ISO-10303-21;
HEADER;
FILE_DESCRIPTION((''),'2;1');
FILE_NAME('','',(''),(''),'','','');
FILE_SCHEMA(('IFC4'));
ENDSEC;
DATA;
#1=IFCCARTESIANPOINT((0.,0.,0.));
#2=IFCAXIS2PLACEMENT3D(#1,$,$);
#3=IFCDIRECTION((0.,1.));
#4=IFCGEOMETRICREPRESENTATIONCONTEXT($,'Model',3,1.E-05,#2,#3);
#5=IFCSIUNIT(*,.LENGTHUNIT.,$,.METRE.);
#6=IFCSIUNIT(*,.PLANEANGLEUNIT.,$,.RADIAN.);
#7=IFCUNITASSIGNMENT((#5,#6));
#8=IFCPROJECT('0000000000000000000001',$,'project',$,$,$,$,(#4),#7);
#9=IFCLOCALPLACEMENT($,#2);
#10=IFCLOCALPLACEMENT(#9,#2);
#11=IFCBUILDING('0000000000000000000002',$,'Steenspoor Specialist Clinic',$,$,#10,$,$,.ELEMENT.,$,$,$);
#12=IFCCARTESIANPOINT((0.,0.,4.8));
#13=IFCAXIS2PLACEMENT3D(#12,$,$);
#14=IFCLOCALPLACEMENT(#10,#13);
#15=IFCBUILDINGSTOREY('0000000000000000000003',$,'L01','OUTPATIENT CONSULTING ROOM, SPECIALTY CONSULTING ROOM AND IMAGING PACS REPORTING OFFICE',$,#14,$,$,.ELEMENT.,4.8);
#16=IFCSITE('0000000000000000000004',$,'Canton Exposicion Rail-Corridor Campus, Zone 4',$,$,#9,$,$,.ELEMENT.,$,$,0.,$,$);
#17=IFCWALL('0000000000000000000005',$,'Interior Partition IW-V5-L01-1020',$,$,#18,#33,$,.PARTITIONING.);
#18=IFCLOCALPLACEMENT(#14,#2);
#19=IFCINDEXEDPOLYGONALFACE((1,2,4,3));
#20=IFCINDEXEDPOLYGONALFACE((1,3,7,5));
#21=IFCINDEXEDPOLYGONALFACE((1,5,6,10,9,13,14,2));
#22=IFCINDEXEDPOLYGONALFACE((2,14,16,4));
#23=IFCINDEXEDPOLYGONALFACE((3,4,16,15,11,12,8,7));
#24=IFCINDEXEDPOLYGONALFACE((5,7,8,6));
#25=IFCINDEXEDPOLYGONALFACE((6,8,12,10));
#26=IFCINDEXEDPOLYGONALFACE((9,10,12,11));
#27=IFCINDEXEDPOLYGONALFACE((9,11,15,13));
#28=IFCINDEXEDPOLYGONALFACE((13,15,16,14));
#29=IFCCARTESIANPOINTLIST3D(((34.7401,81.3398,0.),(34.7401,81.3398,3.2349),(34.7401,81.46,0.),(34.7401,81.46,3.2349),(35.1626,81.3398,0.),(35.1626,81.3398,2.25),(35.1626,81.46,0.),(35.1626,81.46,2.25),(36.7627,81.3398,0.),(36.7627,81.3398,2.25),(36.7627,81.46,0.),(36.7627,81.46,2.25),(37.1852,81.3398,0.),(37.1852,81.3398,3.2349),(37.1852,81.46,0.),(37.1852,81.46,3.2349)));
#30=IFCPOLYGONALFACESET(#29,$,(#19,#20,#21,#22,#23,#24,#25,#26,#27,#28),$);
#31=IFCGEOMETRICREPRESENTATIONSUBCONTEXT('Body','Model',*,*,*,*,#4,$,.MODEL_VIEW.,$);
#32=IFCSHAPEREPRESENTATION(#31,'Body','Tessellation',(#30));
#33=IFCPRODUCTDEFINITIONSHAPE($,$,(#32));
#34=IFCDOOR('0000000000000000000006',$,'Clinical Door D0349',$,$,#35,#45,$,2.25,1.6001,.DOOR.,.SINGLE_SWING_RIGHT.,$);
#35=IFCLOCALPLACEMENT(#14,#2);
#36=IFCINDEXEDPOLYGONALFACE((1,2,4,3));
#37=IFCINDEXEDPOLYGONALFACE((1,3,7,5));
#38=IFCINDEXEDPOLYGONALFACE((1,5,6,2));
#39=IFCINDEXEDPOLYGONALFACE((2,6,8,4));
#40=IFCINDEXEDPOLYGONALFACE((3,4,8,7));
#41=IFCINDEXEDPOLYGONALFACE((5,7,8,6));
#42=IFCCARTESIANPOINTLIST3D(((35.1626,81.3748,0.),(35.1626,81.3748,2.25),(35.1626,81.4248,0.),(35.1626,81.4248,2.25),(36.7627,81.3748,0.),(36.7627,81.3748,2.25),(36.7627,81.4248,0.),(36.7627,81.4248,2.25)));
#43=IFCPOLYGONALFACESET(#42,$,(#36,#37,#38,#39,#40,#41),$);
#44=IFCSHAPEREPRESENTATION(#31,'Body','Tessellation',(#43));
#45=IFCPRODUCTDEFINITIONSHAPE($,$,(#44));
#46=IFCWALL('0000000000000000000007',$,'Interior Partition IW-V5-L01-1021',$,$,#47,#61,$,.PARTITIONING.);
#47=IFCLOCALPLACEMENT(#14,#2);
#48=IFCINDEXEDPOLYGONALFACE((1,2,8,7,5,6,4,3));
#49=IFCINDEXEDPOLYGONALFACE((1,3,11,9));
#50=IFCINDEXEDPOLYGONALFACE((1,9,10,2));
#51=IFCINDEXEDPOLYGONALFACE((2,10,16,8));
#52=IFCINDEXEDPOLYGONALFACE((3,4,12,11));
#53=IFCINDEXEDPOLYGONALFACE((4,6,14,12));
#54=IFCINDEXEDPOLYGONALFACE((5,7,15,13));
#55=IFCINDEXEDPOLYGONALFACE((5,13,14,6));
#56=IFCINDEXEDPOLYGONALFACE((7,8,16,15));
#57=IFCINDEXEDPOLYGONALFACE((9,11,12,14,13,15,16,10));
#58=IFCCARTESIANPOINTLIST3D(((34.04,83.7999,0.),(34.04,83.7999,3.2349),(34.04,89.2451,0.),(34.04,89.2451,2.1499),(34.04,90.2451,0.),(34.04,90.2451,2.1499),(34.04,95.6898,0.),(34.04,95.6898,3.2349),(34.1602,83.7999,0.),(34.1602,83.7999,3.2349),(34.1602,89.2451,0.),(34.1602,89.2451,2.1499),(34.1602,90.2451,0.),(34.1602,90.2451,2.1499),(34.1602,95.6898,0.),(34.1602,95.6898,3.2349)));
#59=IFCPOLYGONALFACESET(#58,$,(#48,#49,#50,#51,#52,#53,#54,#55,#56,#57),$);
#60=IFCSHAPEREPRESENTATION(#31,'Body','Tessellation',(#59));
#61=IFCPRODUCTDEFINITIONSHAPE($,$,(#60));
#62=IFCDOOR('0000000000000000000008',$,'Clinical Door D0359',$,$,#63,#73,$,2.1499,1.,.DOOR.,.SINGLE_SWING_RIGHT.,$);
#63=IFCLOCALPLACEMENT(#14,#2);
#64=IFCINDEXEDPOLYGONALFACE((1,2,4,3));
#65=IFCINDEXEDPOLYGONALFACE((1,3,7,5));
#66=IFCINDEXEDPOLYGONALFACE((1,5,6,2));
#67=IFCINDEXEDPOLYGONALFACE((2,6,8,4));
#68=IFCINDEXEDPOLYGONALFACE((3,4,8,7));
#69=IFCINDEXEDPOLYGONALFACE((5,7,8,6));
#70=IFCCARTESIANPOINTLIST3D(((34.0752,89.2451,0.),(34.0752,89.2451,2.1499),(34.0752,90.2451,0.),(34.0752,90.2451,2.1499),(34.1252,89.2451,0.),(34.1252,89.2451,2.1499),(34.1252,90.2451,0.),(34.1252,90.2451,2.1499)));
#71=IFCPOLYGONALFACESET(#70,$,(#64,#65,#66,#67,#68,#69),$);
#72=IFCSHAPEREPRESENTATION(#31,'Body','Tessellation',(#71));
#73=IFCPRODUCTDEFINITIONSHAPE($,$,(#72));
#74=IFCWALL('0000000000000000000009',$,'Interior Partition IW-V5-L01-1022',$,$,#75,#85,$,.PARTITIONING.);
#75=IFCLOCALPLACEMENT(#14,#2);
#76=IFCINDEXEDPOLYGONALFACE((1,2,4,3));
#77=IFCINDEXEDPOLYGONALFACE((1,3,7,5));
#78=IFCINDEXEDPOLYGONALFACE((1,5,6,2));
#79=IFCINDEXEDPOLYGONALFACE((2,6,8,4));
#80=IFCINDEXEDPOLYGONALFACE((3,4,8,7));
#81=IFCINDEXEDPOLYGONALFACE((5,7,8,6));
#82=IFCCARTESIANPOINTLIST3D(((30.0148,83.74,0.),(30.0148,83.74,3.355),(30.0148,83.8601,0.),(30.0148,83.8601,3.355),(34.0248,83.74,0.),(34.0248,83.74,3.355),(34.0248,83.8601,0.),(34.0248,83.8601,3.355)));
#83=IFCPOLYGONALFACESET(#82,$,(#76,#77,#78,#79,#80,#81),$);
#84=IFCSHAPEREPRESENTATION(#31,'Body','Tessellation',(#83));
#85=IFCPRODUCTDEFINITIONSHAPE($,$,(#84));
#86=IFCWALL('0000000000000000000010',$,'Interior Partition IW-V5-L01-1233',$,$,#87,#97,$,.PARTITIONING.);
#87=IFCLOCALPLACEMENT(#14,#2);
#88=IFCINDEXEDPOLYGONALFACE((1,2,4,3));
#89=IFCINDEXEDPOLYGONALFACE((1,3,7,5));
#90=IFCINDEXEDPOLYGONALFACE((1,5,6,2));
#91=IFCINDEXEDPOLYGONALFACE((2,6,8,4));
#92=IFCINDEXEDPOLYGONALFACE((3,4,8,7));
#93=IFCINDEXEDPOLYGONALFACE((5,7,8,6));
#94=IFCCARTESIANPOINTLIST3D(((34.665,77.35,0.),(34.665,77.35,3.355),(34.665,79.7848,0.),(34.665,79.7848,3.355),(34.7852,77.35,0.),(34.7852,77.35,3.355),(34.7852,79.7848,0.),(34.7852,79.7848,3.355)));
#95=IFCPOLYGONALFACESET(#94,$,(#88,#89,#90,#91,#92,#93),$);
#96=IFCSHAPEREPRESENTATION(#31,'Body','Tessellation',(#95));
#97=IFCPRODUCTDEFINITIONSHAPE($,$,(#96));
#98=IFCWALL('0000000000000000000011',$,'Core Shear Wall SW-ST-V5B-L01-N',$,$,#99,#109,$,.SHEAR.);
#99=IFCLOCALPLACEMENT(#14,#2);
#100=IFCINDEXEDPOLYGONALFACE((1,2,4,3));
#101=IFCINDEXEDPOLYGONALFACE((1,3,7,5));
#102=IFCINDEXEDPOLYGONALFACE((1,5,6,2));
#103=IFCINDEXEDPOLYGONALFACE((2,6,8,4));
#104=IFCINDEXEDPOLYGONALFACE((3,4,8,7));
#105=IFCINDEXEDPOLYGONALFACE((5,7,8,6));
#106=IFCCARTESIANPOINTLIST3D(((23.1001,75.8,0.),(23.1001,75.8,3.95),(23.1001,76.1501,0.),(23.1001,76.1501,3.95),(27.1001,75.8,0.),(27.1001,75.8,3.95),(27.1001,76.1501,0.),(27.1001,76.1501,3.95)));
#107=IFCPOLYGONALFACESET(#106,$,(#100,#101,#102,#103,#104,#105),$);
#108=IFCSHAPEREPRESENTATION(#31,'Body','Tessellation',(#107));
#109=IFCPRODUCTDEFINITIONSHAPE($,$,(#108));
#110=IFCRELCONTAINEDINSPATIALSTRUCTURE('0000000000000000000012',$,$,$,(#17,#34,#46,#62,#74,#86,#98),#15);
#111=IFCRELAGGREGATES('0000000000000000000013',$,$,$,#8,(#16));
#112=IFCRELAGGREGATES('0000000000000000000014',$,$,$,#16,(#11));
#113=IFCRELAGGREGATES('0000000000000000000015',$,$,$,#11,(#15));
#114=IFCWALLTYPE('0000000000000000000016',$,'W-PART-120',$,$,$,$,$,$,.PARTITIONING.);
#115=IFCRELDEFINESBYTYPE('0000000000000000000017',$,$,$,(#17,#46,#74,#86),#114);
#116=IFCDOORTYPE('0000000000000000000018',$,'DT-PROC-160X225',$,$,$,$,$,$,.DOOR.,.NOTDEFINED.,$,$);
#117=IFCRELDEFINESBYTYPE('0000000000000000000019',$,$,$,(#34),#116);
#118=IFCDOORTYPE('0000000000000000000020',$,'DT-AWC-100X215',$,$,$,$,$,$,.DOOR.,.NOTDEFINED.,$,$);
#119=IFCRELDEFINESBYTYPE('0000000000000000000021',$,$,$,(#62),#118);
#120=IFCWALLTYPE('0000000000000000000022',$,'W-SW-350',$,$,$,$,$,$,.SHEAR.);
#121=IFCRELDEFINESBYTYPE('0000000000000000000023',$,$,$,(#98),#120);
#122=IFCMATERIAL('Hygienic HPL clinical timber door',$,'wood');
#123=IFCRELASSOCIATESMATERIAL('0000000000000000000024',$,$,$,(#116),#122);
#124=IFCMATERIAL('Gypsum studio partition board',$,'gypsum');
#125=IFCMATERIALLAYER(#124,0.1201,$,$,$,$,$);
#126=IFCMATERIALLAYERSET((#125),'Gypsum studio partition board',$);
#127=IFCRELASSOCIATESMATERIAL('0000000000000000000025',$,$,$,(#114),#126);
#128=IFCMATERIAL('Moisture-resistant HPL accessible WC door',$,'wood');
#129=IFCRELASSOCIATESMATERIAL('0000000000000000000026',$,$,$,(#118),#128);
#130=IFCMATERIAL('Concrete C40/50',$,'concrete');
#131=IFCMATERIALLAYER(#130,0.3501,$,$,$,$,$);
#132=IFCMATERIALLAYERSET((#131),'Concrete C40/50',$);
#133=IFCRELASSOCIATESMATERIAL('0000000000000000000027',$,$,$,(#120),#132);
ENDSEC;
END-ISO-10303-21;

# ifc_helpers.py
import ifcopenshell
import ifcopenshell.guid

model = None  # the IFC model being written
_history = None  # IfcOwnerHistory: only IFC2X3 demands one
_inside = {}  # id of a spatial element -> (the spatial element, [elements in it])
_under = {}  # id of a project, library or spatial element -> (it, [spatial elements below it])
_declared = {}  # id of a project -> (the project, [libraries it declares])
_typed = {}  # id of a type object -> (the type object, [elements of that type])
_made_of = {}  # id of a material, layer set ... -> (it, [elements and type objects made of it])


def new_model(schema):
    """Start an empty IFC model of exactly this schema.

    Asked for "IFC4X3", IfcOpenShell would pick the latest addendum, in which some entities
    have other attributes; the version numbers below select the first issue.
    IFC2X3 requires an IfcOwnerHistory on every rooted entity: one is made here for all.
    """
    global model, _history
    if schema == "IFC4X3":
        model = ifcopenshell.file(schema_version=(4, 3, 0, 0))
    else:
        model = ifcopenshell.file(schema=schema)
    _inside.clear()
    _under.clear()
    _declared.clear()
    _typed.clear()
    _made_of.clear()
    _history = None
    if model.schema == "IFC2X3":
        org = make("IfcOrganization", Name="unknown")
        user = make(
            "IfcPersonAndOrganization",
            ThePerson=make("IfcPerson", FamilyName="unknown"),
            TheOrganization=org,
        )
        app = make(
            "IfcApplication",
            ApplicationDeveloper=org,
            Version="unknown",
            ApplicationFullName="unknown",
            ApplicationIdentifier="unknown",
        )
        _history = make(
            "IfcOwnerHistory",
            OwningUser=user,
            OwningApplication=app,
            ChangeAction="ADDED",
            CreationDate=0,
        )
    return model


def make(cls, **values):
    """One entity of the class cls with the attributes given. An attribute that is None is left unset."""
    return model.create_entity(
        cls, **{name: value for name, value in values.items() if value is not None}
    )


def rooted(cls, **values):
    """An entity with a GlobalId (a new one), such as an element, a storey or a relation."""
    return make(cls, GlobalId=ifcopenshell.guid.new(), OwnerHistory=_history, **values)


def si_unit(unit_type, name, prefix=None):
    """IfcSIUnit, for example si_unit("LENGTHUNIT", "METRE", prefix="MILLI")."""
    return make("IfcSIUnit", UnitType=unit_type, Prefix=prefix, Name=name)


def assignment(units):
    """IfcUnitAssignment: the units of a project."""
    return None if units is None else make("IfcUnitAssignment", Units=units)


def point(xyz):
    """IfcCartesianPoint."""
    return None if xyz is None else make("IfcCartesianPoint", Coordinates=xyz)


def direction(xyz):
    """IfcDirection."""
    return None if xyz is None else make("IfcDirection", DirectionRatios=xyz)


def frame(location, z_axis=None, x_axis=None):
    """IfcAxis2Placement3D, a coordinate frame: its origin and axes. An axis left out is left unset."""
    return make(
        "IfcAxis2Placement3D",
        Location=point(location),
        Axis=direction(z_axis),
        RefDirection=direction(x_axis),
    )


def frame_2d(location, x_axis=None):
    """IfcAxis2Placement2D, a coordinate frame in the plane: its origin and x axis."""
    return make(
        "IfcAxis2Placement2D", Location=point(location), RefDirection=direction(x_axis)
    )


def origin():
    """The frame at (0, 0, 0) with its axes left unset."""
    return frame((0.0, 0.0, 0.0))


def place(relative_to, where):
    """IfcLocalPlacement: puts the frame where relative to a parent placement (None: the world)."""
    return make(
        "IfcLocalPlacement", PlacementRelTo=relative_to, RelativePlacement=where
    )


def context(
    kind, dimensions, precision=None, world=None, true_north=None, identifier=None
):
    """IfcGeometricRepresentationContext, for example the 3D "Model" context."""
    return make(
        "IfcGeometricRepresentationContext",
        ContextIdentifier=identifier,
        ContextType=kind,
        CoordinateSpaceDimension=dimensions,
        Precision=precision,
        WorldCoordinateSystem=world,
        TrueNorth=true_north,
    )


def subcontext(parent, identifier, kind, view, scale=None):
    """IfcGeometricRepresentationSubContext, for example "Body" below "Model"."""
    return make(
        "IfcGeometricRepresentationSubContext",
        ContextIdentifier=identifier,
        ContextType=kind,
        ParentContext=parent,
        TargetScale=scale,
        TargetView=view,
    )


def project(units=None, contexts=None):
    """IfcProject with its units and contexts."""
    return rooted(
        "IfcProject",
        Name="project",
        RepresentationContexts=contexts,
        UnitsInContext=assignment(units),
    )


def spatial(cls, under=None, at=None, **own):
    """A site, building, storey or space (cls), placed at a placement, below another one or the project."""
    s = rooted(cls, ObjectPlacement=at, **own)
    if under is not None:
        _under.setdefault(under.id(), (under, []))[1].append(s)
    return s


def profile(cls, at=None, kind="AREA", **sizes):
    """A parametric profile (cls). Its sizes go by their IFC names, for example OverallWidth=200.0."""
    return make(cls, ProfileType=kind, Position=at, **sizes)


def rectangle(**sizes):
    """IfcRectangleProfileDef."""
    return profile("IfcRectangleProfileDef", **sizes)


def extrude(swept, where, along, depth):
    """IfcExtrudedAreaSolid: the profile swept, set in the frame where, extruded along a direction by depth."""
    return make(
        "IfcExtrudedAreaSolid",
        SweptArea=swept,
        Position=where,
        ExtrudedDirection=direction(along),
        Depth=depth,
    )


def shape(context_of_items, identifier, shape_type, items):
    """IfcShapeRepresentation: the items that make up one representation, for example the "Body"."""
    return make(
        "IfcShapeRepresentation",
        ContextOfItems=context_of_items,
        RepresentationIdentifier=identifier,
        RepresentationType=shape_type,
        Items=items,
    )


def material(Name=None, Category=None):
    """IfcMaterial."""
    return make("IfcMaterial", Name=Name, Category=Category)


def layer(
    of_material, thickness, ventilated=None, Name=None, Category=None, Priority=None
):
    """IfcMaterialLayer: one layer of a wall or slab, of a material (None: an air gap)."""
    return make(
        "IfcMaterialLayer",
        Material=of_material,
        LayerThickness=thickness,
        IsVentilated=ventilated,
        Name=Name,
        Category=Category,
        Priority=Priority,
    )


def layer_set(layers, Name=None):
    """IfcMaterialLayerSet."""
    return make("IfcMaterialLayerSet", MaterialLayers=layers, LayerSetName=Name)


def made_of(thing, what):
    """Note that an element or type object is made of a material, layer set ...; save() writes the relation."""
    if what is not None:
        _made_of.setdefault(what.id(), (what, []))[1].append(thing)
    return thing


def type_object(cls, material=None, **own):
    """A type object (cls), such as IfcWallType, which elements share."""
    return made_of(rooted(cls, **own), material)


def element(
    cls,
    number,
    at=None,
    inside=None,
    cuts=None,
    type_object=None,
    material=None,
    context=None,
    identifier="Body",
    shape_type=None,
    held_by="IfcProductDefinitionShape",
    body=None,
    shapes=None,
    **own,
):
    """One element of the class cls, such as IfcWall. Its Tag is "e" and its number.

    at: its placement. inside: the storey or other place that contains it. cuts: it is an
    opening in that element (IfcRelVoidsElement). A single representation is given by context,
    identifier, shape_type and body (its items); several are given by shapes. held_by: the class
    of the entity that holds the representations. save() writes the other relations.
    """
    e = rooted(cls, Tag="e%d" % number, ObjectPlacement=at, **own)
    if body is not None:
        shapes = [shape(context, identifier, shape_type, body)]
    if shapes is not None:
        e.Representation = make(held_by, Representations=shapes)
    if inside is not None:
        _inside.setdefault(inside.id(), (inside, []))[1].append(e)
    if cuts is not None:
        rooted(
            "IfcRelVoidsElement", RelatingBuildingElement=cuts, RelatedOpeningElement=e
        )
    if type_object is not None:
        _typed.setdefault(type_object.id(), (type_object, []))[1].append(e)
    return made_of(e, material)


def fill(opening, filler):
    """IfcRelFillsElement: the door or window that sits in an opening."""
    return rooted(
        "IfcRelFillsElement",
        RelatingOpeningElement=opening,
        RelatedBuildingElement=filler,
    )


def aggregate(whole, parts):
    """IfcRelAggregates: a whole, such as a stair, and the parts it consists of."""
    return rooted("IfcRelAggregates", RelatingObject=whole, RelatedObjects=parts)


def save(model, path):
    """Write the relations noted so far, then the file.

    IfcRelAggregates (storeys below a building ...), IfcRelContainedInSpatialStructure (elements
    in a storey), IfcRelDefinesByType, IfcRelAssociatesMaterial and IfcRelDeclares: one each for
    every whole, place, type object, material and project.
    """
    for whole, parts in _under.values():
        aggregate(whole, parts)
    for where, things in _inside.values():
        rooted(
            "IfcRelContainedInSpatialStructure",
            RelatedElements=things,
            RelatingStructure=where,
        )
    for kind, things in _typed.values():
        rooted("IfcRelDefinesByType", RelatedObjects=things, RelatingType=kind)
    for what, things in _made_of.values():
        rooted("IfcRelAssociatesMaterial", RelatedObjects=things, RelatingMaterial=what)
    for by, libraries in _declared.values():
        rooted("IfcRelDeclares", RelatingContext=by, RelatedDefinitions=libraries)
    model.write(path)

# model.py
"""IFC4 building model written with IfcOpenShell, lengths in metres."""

from ifc_helpers import new_model, si_unit, direction, frame, frame_2d, origin, place, context, subcontext, project, spatial, rectangle, extrude, material, layer, layer_set, type_object, element, fill, save


model = new_model("IFC4")

# Units and contexts
model_context = context("Model", 3, precision=1e-05, world=origin(), true_north=direction((0.0, 1.0)))
body_context = subcontext(model_context, "Body", "Model", "MODEL_VIEW")
ifc_project = project(units=[si_unit("LENGTHUNIT", "METRE"), si_unit("PLANEANGLEUNIT", "RADIAN")], contexts=[model_context])

# Site, building, storey
site_placement = place(None, origin())
site = spatial("IfcSite", under=ifc_project, at=site_placement, Name="Canton Exposicion Rail-Corridor Campus, Zone 4", CompositionType="ELEMENT", RefElevation=0.0)
building_placement = place(site_placement, origin())
building = spatial("IfcBuilding", under=site, at=building_placement, Name="Steenspoor Specialist Clinic", CompositionType="ELEMENT")
storey_placement = place(building_placement, frame((0.0, 0.0, 4.8)))
storey = spatial("IfcBuildingStorey", under=building, at=storey_placement, Name="L01", Description="OUTPATIENT CONSULTING ROOM, SPECIALTY CONSULTING ROOM AND IMAGING PACS REPORTING OFFICE", CompositionType="ELEMENT", Elevation=4.8)

# Shared definitions
ifc_material_1 = material(Name="Concrete C40/50", Category="concrete")

# Shared definitions
ifc_material_2 = material(Name="Hygienic HPL clinical timber door", Category="wood")
door_type_1 = type_object("IfcDoorType", Name="DT-PROC-160X225", OperationType="NOTDEFINED", PredefinedType="DOOR", material=ifc_material_2)

# Walls, openings, doors
ifc_material_3 = material(Name="Gypsum studio partition board", Category="gypsum")
ifc_layer_1 = layer(ifc_material_3, 0.1201)
ifc_layer_set_1 = layer_set([ifc_layer_1], Name="Gypsum studio partition board")
wall_type_1 = type_object("IfcWallType", Name="W-PART-120", PredefinedType="PARTITIONING", material=ifc_layer_set_1)
wall_1_placement = place(storey_placement, frame((34.74, 81.3999, 0.0), z_axis=(0.0, 0.0, 1.0), x_axis=(1.0, 0.0, 0.0)))
wall_1 = element("IfcWall", 1, at=wall_1_placement, inside=storey, type_object=wall_type_1, Name="Interior Partition IW-V5-L01-1020", PredefinedType="PARTITIONING", context=body_context, shape_type="SweptSolid", body=[
    extrude(rectangle(XDim=2.4451, YDim=0.1201, at=frame_2d((1.2227, 0.0))), origin(), (0.0, 0.0, 1.0), 3.2349),
])
opening_1_placement = place(wall_1_placement, frame((0.4226, 0.0, 0.0)))
opening_1 = element("IfcOpeningElement", 2, at=opening_1_placement, cuts=wall_1, PredefinedType="OPENING", context=body_context, shape_type="SweptSolid", body=[
    extrude(rectangle(XDim=1.6001, YDim=2.25, at=frame_2d((0.8, 1.125))), frame((0.0, 0.0701, 0.0), z_axis=(0.0, -1.0, 0.0), x_axis=(1.0, 0.0, 0.0)), (0.0, 0.0, 1.0), 0.1401),
])
door_1_placement = place(opening_1_placement, origin())
door_1 = element("IfcDoor", 3, at=door_1_placement, inside=storey, type_object=door_type_1, Name="Clinical Door D0349", OperationType="SINGLE_SWING_RIGHT", OverallHeight=2.25, OverallWidth=1.6001, PredefinedType="DOOR", context=body_context, shape_type="SweptSolid", body=[
    extrude(rectangle(XDim=1.6001, YDim=2.25, at=frame_2d((0.8, 1.125))), frame((0.0, 0.0249, 0.0), z_axis=(0.0, -1.0, 0.0), x_axis=(1.0, 0.0, 0.0)), (0.0, 0.0, 1.0), 0.05),
])
fill(opening_1, door_1)
wall_2_placement = place(storey_placement, frame((34.1001, 83.8, 0.0), z_axis=(0.0, 0.0, 1.0), x_axis=(0.0, 1.0, 0.0)))
wall_2 = element("IfcWall", 4, at=wall_2_placement, inside=storey, type_object=wall_type_1, Name="Interior Partition IW-V5-L01-1021", PredefinedType="PARTITIONING", context=body_context, shape_type="SweptSolid", body=[
    extrude(rectangle(XDim=11.8899, YDim=0.1201, at=frame_2d((5.9448, 0.0))), origin(), (0.0, 0.0, 1.0), 3.2349),
])
opening_2_placement = place(wall_2_placement, frame((5.4451, 0.0, 0.0)))
opening_2 = element("IfcOpeningElement", 5, at=opening_2_placement, cuts=wall_2, PredefinedType="OPENING", context=body_context, shape_type="SweptSolid", body=[
    extrude(rectangle(XDim=1.0, YDim=2.1499, at=frame_2d((0.5, 1.075))), frame((0.0, 0.0701, 0.0), z_axis=(0.0, -1.0, 0.0), x_axis=(1.0, 0.0, 0.0)), (0.0, 0.0, 1.0), 0.1401),
])
ifc_material_4 = material(Name="Moisture-resistant HPL accessible WC door", Category="wood")
door_type_2 = type_object("IfcDoorType", Name="DT-AWC-100X215", OperationType="NOTDEFINED", PredefinedType="DOOR", material=ifc_material_4)
door_2_placement = place(opening_2_placement, origin())
door_2 = element("IfcDoor", 6, at=door_2_placement, inside=storey, type_object=door_type_2, Name="Clinical Door D0359", OperationType="SINGLE_SWING_RIGHT", OverallHeight=2.1499, OverallWidth=1.0, PredefinedType="DOOR", context=body_context, shape_type="SweptSolid", body=[
    extrude(rectangle(XDim=1.0, YDim=2.1499, at=frame_2d((0.5, 1.075))), frame((0.0, 0.0249, 0.0), z_axis=(0.0, -1.0, 0.0), x_axis=(1.0, 0.0, 0.0)), (0.0, 0.0, 1.0), 0.05),
])
fill(opening_2, door_2)

# Walls
wall_3_placement = place(storey_placement, frame((30.0149, 83.8, 0.0), z_axis=(0.0, 0.0, 1.0), x_axis=(1.0, 0.0, 0.0)))
element("IfcWall", 7, at=wall_3_placement, inside=storey, type_object=wall_type_1, Name="Interior Partition IW-V5-L01-1022", PredefinedType="PARTITIONING", context=body_context, shape_type="SweptSolid", body=[
    extrude(rectangle(XDim=4.01, YDim=0.1201, at=frame_2d((2.0049, 0.0))), origin(), (0.0, 0.0, 1.0), 3.355),
])
wall_4_placement = place(storey_placement, frame((34.7251, 77.3501, 0.0), z_axis=(0.0, 0.0, 1.0), x_axis=(0.0, 1.0, 0.0)))
element("IfcWall", 8, at=wall_4_placement, inside=storey, type_object=wall_type_1, Name="Interior Partition IW-V5-L01-1233", PredefinedType="PARTITIONING", context=body_context, shape_type="SweptSolid", body=[
    extrude(rectangle(XDim=2.4348, YDim=0.1201, at=frame_2d((1.2173, 0.0))), origin(), (0.0, 0.0, 1.0), 3.355),
])
ifc_layer_2 = layer(ifc_material_1, 0.3501)
ifc_layer_set_2 = layer_set([ifc_layer_2], Name="Concrete C40/50")
wall_type_2 = type_object("IfcWallType", Name="W-SW-350", PredefinedType="SHEAR", material=ifc_layer_set_2)
wall_5_placement = place(storey_placement, frame((23.1001, 75.9751, 0.0), z_axis=(0.0, 0.0, 1.0), x_axis=(1.0, 0.0, 0.0)))
element("IfcWall", 9, at=wall_5_placement, inside=storey, type_object=wall_type_2, Name="Core Shear Wall SW-ST-V5B-L01-N", PredefinedType="SHEAR", context=body_context, shape_type="SweptSolid", body=[
    extrude(rectangle(XDim=4.0, YDim=0.3501, at=frame_2d((2.0, 0.0))), origin(), (0.0, 0.0, 1.0), 3.95),
])

save(model, "model.ifc")
